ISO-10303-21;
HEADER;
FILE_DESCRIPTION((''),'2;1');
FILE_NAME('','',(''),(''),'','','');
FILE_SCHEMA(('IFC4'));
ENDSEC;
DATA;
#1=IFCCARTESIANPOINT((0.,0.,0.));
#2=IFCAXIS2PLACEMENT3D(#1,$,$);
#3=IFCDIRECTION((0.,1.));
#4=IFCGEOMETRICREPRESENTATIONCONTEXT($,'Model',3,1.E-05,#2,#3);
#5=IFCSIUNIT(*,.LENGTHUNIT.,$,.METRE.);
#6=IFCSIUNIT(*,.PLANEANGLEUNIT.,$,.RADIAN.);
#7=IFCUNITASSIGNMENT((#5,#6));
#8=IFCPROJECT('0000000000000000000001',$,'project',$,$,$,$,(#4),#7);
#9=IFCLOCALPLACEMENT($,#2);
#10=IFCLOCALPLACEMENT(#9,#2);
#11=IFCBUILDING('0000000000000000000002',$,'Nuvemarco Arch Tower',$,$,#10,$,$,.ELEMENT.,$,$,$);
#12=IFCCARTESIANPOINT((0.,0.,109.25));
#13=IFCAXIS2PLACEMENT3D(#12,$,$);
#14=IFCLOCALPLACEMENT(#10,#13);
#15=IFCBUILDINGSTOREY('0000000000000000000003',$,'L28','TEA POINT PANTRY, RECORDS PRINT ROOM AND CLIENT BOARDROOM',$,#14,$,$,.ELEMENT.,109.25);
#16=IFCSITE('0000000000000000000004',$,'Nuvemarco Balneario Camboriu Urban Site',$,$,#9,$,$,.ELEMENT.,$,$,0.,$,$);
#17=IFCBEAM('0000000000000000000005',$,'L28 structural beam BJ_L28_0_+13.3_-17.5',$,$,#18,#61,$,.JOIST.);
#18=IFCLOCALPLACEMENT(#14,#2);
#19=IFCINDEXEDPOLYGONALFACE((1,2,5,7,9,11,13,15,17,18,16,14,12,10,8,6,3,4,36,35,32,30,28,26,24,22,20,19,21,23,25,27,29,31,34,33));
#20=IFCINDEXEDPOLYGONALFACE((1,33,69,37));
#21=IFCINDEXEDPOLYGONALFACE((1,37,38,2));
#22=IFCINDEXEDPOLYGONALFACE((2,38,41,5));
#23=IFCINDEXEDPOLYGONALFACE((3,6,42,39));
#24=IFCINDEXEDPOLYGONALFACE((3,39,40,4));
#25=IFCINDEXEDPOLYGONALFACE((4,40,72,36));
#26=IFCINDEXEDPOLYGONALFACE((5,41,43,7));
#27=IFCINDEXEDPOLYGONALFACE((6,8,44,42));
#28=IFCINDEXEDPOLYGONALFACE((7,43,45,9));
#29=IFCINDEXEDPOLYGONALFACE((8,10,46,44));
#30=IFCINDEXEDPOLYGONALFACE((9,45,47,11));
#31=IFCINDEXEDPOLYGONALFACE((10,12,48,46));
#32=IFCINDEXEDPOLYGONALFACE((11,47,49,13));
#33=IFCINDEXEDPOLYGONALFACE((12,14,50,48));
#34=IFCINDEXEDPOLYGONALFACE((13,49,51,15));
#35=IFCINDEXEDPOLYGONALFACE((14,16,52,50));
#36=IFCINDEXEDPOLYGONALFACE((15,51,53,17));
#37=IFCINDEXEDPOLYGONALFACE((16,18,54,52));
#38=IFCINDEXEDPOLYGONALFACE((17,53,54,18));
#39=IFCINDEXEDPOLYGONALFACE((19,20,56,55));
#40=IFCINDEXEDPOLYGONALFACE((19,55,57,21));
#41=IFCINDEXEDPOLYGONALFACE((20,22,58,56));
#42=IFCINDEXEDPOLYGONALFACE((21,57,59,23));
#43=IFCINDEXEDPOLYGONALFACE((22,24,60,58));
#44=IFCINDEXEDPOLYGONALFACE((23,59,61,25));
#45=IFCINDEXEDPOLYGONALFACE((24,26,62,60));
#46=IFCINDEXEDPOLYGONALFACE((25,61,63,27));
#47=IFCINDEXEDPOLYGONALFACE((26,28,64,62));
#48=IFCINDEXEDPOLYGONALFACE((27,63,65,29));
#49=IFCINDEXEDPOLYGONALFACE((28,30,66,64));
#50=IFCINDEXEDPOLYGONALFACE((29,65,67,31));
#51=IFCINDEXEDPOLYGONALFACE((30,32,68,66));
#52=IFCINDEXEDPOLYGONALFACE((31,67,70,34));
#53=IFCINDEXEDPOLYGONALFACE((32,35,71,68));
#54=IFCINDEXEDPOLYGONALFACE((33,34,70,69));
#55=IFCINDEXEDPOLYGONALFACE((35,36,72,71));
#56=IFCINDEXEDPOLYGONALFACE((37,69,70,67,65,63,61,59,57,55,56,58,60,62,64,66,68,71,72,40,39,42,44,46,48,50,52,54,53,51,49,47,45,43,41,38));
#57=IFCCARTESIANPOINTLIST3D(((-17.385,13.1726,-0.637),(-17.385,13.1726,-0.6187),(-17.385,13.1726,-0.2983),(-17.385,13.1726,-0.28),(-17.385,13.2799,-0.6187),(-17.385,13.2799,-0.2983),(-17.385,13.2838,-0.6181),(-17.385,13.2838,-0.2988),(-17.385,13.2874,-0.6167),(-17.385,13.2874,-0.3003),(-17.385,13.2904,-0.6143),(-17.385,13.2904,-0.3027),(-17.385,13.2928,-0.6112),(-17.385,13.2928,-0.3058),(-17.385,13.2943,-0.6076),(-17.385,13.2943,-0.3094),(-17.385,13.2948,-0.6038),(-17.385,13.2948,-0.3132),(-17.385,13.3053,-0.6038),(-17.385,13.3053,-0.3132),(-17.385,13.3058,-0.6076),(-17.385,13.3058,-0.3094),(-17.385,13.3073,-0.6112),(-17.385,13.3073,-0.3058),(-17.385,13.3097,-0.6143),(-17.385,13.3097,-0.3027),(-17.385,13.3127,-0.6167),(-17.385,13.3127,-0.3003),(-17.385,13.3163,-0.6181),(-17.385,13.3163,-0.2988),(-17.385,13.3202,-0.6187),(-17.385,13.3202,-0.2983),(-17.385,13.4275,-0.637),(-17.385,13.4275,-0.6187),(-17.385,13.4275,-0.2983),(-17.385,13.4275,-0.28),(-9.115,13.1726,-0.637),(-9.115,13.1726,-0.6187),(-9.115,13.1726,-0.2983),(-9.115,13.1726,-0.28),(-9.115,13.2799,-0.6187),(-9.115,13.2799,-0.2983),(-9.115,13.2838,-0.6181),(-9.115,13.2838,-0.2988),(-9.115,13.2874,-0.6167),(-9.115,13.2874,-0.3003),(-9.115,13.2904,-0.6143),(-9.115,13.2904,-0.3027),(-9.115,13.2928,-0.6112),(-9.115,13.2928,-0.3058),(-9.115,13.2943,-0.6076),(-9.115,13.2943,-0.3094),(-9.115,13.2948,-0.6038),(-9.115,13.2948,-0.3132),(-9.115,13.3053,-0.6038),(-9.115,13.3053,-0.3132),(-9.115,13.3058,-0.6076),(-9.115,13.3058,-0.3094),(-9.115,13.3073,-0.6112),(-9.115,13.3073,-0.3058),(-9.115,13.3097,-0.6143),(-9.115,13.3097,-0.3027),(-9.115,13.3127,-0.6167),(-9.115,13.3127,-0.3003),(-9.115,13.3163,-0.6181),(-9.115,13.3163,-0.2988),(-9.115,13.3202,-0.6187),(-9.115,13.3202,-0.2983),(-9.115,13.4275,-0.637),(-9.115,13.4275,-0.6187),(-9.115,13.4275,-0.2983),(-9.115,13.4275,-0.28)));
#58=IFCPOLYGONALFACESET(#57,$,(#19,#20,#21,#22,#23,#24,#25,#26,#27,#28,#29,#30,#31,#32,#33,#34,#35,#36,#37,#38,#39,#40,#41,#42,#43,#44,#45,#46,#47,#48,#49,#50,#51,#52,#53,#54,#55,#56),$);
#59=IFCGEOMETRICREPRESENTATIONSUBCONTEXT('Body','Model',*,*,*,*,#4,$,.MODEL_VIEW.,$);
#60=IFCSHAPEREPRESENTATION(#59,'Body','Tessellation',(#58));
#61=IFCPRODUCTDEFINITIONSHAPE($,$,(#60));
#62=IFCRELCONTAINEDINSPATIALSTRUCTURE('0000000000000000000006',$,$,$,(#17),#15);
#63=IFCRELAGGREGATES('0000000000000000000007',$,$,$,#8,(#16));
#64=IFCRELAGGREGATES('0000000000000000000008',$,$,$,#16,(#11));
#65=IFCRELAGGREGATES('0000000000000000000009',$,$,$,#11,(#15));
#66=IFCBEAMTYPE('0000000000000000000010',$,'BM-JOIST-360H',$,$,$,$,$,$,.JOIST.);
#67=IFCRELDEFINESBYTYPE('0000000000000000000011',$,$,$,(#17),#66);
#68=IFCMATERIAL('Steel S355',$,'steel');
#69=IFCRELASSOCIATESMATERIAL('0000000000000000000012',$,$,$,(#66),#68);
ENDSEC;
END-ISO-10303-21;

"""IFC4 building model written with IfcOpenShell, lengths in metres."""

from ifc_helpers import new_model, si_unit, direction, frame, origin, origin_2d, place, context, subcontext, project, spatial, i_section, extrude, material, material_profile, profile_set, type_object, element, save


model = new_model("IFC4")

# Units and contexts
model_context = context("Model", 3, precision=1e-05, world=origin(), true_north=direction((0.0, 1.0)))
body_context = subcontext(model_context, "Body", "Model", "MODEL_VIEW")
ifc_project = project(units=[si_unit("LENGTHUNIT", "METRE"), si_unit("PLANEANGLEUNIT", "RADIAN")], contexts=[model_context])

# Site, building, storey
site_placement = place(None, origin())
site = spatial("IfcSite", under=ifc_project, at=site_placement, Name="Nuvemarco Balneario Camboriu Urban Site", CompositionType="ELEMENT", RefElevation=0.0)
building_placement = place(site_placement, origin())
building = spatial("IfcBuilding", under=site, at=building_placement, Name="Nuvemarco Arch Tower", CompositionType="ELEMENT")
storey_placement = place(building_placement, frame((0.0, 0.0, 109.25)))
storey = spatial("IfcBuildingStorey", under=building, at=storey_placement, Name="L28", Description="TEA POINT PANTRY, RECORDS PRINT ROOM AND CLIENT BOARDROOM", CompositionType="ELEMENT", Elevation=109.25)

# Shared definitions
ifc_material_1 = material(Name="Steel S355", Category="steel")

# Beam
ifc_material_profile_1 = material_profile(ifc_material_1, i_section(OverallWidth=0.2549, OverallDepth=0.3569, WebThickness=0.0105, FlangeThickness=0.0183, FilletRadius=0.0149, at=origin_2d()), Name="W360x101")
ifc_profile_set_1 = profile_set([ifc_material_profile_1], Name="Steel S355")
beam_type_1 = type_object("IfcBeamType", Name="BM-JOIST-360H", PredefinedType="JOIST", material=ifc_profile_set_1)
beam_1_placement = place(storey_placement, frame((-17.385, 13.3, -0.4585), z_axis=(1.0, 0.0, 0.0), x_axis=(0.0, 1.0, 0.0)))
element("IfcBeam", 1, at=beam_1_placement, inside=storey, type_object=beam_type_1, Name="L28 structural beam BJ_L28_0_+13.3_-17.5", PredefinedType="JOIST", context=body_context, shape_type="SweptSolid", body=[
    extrude(i_section(OverallWidth=0.2549, OverallDepth=0.3569, WebThickness=0.0105, FlangeThickness=0.0183, FilletRadius=0.0149, at=origin_2d()), origin(), (0.0, 0.0, 1.0), 8.27),
])

save(model, "model.ifc")
